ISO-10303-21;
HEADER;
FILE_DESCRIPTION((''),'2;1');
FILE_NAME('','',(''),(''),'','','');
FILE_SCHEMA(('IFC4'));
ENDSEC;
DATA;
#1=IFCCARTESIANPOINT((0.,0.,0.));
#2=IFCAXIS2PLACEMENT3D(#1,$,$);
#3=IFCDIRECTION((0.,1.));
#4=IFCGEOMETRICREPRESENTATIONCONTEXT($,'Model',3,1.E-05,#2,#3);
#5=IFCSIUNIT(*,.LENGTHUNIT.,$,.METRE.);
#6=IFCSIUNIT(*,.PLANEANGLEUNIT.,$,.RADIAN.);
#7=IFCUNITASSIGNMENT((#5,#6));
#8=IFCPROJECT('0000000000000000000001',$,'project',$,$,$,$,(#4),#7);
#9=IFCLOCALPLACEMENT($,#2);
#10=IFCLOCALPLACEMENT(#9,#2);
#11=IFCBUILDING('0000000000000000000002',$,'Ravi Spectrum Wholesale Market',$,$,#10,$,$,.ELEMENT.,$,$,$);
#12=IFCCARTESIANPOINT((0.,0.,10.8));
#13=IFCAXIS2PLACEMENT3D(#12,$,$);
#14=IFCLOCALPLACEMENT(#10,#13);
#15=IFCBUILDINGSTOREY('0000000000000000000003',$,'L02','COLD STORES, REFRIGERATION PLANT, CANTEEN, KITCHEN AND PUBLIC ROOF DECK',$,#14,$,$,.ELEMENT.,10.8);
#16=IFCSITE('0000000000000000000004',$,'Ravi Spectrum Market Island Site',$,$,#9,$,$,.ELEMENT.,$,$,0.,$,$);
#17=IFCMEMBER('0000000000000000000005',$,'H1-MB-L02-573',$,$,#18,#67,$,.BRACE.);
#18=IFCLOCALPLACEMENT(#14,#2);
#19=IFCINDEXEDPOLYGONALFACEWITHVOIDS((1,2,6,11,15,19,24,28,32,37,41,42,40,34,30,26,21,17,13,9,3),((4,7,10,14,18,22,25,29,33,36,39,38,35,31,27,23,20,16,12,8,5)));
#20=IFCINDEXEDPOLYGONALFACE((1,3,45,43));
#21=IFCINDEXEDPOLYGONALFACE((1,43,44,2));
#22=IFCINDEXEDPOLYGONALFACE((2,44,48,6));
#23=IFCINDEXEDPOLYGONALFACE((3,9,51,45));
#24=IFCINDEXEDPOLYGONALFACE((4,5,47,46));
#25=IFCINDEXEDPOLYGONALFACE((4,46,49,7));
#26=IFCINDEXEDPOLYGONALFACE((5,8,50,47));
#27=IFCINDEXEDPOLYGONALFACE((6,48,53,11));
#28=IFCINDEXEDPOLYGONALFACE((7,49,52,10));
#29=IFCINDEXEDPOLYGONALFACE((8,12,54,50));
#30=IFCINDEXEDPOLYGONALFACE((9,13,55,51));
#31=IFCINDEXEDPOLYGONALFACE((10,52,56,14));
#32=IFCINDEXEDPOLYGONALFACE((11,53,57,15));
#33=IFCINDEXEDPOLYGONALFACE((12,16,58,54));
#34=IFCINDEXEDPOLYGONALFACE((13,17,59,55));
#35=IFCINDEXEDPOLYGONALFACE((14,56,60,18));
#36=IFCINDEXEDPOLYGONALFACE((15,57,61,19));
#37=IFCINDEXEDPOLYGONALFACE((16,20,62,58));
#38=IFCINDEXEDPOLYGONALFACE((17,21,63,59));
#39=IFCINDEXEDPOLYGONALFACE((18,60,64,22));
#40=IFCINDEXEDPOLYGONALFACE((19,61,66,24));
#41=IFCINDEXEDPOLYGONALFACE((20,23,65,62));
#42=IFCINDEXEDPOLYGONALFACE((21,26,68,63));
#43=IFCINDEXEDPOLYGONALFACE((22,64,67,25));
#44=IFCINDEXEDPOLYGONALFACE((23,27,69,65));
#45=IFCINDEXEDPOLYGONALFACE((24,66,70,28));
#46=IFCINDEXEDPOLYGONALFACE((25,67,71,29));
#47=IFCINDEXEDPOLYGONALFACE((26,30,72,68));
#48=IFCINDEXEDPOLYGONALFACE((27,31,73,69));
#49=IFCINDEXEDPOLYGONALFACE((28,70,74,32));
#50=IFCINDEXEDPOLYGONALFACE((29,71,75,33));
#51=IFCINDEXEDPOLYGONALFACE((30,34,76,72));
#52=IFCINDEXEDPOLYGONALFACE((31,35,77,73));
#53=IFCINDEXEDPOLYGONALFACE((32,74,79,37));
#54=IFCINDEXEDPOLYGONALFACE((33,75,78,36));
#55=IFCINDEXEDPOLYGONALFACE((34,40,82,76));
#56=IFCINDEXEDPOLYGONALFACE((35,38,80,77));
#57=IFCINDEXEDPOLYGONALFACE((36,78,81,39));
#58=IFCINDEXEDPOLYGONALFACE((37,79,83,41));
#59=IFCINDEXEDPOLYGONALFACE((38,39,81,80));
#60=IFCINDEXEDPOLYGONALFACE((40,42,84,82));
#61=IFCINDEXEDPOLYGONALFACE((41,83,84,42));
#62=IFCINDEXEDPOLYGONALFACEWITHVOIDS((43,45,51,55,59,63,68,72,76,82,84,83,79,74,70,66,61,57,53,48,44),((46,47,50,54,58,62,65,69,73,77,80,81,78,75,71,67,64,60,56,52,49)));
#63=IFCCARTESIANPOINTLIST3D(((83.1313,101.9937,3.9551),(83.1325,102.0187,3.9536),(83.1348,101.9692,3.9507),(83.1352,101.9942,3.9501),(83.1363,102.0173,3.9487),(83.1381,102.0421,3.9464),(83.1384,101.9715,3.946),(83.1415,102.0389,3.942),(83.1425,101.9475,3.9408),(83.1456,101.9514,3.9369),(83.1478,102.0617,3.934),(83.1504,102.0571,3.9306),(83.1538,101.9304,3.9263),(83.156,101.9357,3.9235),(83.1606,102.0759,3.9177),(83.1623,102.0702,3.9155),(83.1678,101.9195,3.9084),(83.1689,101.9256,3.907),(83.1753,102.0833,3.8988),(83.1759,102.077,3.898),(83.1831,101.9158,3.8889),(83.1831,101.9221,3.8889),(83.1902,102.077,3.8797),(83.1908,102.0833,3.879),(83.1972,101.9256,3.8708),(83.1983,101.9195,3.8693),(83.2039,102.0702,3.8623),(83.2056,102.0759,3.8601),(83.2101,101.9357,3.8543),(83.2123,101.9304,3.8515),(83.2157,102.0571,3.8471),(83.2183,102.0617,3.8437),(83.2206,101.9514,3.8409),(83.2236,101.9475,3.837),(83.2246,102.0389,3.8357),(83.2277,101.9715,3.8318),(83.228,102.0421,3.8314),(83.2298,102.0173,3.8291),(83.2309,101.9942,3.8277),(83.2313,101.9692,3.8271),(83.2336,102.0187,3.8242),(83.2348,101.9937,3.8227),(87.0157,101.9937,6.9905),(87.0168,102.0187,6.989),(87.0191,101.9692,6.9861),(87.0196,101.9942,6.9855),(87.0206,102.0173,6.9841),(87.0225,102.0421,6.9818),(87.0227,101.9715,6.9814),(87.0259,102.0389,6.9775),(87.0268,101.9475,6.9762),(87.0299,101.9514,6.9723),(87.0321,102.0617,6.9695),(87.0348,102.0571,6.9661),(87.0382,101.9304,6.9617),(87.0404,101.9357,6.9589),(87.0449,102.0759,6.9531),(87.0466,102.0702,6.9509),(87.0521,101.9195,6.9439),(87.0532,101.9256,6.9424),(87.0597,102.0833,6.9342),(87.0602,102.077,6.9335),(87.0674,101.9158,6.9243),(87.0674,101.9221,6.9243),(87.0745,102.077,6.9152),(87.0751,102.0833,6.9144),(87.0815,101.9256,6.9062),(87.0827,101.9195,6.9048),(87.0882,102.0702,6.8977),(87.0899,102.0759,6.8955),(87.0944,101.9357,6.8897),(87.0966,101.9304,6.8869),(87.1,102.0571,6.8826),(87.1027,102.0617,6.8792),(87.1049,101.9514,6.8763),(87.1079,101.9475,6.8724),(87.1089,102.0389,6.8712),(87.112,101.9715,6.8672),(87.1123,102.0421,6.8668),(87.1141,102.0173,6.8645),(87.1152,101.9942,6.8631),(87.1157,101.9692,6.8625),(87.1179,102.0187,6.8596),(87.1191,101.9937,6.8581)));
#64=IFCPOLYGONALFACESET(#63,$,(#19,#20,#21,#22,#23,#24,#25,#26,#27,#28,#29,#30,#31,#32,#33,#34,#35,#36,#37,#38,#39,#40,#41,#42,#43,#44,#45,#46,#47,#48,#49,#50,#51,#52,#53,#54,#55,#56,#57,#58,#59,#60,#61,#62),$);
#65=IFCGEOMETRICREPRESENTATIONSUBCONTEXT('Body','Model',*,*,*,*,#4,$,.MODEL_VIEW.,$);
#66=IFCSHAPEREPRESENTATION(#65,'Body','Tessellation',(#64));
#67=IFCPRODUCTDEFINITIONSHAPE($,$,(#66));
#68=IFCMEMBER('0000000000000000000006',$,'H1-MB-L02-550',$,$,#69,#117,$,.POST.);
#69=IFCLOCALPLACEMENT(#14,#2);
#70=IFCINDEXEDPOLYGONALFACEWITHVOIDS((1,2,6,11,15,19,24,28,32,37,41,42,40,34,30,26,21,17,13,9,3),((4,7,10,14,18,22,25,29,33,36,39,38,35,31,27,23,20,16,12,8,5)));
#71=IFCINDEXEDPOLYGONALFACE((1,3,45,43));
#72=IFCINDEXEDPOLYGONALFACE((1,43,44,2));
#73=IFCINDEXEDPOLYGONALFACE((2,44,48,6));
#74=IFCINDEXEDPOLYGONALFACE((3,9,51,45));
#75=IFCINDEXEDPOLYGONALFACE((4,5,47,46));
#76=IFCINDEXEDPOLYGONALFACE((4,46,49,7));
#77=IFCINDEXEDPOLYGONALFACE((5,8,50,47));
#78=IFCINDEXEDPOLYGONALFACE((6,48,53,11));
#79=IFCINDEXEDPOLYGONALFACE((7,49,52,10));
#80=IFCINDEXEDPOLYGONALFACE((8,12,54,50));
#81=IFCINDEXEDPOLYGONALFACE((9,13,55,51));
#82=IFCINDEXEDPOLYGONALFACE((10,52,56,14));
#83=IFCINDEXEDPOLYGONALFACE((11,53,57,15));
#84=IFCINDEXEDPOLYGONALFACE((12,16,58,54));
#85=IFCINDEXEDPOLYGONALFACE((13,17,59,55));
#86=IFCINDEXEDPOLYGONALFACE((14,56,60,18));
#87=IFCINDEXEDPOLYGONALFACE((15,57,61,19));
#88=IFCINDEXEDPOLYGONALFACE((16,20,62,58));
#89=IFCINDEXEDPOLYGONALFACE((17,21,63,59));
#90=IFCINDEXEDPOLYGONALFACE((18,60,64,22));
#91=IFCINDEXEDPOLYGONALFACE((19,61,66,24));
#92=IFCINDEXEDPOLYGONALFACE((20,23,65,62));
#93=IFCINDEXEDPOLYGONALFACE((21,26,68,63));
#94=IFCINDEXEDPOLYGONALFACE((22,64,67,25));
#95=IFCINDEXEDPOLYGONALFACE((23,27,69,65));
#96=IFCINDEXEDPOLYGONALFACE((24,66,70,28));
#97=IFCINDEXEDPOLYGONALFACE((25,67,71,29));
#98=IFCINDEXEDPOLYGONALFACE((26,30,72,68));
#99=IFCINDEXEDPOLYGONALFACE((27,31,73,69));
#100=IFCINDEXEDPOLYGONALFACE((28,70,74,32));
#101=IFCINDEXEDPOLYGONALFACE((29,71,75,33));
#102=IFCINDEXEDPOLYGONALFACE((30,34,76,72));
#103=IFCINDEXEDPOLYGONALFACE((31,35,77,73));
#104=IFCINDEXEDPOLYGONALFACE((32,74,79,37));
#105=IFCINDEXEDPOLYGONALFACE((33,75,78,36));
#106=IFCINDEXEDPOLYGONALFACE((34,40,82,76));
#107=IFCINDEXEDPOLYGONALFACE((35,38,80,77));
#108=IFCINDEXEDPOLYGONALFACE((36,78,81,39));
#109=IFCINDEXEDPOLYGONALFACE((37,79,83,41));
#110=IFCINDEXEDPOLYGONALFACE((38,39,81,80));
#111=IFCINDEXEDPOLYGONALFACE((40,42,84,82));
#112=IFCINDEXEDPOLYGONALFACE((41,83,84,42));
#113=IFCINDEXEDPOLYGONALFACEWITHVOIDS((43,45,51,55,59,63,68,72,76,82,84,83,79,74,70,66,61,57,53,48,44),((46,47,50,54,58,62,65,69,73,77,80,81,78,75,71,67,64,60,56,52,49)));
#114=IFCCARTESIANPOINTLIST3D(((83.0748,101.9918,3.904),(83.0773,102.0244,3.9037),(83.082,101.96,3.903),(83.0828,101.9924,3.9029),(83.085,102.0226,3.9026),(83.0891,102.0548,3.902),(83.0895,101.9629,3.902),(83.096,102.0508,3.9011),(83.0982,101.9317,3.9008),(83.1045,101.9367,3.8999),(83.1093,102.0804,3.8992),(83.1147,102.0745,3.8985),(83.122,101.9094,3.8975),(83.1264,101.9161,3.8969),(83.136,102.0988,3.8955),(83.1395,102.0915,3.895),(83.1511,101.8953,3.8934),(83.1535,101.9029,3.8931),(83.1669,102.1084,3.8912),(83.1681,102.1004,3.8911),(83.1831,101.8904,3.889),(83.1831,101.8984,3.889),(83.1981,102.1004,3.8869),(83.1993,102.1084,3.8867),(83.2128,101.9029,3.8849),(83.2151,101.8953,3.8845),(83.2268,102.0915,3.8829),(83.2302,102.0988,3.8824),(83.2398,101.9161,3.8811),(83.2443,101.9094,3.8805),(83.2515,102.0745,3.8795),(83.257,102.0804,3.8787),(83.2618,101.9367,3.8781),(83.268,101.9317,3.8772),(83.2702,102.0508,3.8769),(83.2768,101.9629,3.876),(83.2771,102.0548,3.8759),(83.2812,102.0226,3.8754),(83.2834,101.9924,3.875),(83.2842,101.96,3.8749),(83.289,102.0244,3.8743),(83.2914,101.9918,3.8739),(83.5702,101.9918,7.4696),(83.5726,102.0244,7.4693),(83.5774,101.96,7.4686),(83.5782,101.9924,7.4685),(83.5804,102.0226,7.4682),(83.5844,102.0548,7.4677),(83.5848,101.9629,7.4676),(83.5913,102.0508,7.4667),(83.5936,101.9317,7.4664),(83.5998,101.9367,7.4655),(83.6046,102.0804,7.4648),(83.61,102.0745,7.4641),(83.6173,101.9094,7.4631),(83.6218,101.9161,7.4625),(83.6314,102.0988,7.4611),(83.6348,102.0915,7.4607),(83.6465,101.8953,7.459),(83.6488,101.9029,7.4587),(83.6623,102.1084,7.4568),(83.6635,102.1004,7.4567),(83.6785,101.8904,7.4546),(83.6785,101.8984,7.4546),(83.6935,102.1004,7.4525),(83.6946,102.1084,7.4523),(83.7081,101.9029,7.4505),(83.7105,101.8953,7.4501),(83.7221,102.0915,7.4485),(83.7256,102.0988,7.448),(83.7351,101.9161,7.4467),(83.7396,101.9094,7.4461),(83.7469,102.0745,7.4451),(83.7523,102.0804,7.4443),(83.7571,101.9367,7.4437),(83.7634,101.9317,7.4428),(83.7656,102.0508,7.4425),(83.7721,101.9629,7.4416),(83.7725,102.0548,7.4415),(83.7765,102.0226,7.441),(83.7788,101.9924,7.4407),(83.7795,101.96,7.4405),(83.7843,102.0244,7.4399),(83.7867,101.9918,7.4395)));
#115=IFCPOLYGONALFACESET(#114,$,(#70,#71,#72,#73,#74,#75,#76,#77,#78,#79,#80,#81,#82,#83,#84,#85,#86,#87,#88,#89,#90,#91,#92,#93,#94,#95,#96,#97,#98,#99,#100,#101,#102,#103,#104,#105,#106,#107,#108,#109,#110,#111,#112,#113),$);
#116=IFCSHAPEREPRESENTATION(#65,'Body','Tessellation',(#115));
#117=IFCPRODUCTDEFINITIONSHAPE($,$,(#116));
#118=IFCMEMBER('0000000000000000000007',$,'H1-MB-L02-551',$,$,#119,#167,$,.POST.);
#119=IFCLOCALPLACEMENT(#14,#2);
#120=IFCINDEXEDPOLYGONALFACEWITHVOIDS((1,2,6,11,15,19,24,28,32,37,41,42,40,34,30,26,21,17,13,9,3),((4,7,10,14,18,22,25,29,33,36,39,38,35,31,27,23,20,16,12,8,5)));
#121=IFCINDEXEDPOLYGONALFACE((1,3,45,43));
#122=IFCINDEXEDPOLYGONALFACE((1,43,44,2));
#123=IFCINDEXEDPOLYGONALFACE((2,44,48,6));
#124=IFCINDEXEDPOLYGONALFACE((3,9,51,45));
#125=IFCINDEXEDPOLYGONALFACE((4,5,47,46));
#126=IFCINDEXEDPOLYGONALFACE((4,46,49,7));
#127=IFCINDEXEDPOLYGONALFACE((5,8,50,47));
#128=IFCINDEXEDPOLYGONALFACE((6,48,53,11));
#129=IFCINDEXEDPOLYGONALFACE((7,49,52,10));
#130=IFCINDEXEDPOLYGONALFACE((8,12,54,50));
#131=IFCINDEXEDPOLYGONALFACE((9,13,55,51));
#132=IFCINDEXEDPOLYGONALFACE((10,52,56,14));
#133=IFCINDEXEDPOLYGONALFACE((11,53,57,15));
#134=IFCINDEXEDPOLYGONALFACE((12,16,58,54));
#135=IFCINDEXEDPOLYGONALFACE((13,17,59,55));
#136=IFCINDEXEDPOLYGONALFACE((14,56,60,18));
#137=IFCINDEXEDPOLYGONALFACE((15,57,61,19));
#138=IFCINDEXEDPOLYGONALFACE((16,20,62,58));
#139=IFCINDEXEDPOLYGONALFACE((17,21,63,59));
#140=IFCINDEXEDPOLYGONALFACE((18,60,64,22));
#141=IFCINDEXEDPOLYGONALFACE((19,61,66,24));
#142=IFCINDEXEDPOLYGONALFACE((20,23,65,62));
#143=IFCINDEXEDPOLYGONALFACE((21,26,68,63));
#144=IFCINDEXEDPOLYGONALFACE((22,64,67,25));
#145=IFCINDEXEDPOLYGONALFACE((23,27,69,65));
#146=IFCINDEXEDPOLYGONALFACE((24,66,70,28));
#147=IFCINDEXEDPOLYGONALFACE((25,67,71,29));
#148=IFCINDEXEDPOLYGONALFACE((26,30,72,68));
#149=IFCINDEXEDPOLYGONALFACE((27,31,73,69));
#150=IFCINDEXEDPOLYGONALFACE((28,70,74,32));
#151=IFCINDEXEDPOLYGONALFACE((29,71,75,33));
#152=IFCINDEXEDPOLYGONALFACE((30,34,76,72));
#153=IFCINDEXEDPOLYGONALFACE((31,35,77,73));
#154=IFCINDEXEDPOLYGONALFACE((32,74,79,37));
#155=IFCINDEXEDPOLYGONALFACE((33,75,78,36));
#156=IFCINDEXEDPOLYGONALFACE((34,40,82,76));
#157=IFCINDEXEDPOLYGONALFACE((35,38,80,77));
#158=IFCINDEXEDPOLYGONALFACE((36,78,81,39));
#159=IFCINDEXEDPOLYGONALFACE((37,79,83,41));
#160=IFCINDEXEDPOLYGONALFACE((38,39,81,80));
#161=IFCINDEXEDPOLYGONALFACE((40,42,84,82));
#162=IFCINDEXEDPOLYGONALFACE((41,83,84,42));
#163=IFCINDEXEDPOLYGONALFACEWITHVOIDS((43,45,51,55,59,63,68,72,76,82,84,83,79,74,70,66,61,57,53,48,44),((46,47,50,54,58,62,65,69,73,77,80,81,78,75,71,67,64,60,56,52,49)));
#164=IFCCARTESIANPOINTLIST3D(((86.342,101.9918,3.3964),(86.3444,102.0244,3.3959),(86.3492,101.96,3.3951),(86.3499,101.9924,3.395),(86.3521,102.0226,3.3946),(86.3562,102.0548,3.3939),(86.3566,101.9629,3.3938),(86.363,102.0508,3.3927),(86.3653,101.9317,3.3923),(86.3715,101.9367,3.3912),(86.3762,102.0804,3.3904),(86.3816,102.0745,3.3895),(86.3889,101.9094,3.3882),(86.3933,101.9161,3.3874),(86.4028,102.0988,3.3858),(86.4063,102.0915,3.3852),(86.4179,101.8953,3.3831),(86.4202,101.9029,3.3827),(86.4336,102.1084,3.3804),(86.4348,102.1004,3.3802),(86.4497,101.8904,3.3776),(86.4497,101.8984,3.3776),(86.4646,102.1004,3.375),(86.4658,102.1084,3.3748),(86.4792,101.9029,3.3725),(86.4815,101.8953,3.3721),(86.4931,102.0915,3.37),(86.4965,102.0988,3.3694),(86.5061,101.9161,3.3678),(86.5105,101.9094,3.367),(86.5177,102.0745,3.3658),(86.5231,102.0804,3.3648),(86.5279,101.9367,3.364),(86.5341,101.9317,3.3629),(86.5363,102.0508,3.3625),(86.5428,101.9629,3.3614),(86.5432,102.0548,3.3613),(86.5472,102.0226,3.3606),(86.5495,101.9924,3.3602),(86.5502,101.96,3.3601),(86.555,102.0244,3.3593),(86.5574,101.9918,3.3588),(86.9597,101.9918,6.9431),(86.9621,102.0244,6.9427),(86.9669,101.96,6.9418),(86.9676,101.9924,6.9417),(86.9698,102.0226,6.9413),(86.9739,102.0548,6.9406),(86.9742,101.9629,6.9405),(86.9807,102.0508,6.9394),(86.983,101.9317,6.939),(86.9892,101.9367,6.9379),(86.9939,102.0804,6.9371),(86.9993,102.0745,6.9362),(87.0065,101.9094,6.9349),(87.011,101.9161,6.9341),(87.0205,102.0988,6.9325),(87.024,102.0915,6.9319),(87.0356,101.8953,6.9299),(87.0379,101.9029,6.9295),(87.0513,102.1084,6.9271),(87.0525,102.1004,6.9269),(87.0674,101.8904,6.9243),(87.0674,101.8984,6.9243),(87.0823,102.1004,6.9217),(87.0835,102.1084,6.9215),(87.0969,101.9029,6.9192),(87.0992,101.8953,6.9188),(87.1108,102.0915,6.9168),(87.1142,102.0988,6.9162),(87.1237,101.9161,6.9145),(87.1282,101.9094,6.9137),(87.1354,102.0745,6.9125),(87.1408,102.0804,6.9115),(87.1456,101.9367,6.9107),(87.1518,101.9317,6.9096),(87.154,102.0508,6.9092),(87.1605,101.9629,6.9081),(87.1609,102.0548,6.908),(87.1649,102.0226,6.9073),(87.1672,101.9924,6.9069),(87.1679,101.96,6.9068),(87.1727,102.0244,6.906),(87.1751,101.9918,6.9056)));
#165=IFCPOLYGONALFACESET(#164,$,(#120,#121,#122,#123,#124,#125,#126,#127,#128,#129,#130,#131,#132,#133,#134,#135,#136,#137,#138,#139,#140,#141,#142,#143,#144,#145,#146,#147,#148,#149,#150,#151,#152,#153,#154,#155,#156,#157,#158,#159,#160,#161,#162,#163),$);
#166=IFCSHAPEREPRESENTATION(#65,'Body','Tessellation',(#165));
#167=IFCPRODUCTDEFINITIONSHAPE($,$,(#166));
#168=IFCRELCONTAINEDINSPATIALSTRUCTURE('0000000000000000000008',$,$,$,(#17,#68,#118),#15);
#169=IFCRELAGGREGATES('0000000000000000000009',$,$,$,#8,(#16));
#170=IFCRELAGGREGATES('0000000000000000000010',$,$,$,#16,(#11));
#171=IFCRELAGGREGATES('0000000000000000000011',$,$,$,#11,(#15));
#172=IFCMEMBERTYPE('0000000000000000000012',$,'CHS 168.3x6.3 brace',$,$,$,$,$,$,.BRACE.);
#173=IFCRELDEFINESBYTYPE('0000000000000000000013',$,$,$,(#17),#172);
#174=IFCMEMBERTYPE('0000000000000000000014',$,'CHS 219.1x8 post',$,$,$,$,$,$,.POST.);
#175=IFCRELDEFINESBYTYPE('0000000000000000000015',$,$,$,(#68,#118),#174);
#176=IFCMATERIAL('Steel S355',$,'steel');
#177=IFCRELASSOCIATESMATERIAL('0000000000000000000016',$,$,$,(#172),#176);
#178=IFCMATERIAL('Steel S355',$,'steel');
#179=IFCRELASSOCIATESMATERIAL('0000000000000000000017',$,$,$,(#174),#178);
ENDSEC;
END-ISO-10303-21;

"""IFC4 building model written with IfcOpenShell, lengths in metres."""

from ifc_helpers import new_model, si_unit, direction, frame, origin, origin_2d, place, context, subcontext, project, spatial, hollow_circle, extrude, material, material_profile, profile_set, type_object, element, save


model = new_model("IFC4")

# Units and contexts
model_context = context("Model", 3, precision=1e-05, world=origin(), true_north=direction((0.0, 1.0)))
body_context = subcontext(model_context, "Body", "Model", "MODEL_VIEW")
ifc_project = project(units=[si_unit("LENGTHUNIT", "METRE"), si_unit("PLANEANGLEUNIT", "RADIAN")], contexts=[model_context])

# Site, building, storey
site_placement = place(None, origin())
site = spatial("IfcSite", under=ifc_project, at=site_placement, Name="Ravi Spectrum Market Island Site", CompositionType="ELEMENT", RefElevation=0.0)
building_placement = place(site_placement, origin())
building = spatial("IfcBuilding", under=site, at=building_placement, Name="Ravi Spectrum Wholesale Market", CompositionType="ELEMENT")
storey_placement = place(building_placement, frame((0.0, 0.0, 10.8)))
storey = spatial("IfcBuildingStorey", under=building, at=storey_placement, Name="L02", Description="COLD STORES, REFRIGERATION PLANT, CANTEEN, KITCHEN AND PUBLIC ROOF DECK", CompositionType="ELEMENT", Elevation=10.8)

# Members
ifc_material_1 = material(Name="Steel S355", Category="steel")
ifc_material_profile_1 = material_profile(ifc_material_1, hollow_circle(Radius=0.0842, WallThickness=0.0063, at=origin_2d()))
ifc_profile_set_1 = profile_set([ifc_material_profile_1], Name="Steel S355")
member_type_1 = type_object("IfcMemberType", Name="CHS 168.3x6.3 brace", PredefinedType="BRACE", material=ifc_profile_set_1)
for number, where, z_axis, x_axis, name in (
    (1, (87.0674, 102.0, 6.9243), (-0.787945, 0.0, -0.615746), (0.0, -1.0, 0.0), "H1-MB-L02-573"),
):
    element("IfcMember", number, at=place(storey_placement, frame(where, z_axis=z_axis, x_axis=x_axis)), inside=storey, type_object=member_type_1, Name=name, PredefinedType="BRACE", context=body_context, shape_type="SweptSolid", body=[
        extrude(hollow_circle(Radius=0.0842, WallThickness=0.0063, at=origin_2d()), origin(), (0.0, 0.0, 1.0), 4.9297),
    ])
ifc_material_2 = material(Name="Steel S355", Category="steel")
ifc_material_profile_2 = material_profile(ifc_material_2, hollow_circle(Radius=0.1096, WallThickness=0.0081, at=origin_2d()))
ifc_profile_set_2 = profile_set([ifc_material_profile_2], Name="Steel S355")
member_type_2 = type_object("IfcMemberType", Name="CHS 219.1x8 post", PredefinedType="POST", material=ifc_profile_set_2)
member_1_placement = place(storey_placement, frame((83.6785, 102.0, 7.4546), z_axis=(-0.137603, 0.0, -0.990487), x_axis=(0.0, -1.0, 0.0)))
element("IfcMember", 2, at=member_1_placement, inside=storey, type_object=member_type_2, Name="H1-MB-L02-550", PredefinedType="POST", context=body_context, shape_type="SweptSolid", body=[
    extrude(hollow_circle(Radius=0.1096, WallThickness=0.0081, at=origin_2d()), origin(), (0.0, 0.0, 1.0), 3.5999),
])
member_2_placement = place(storey_placement, frame((87.0674, 102.0, 6.9243), z_axis=(-0.171576, 0.0, -0.985171), x_axis=(0.0, -1.0, 0.0)))
element("IfcMember", 3, at=member_2_placement, inside=storey, type_object=member_type_2, Name="H1-MB-L02-551", PredefinedType="POST", context=body_context, shape_type="SweptSolid", body=[
    extrude(hollow_circle(Radius=0.1096, WallThickness=0.0081, at=origin_2d()), origin(), (0.0, 0.0, 1.0), 3.6001),
])

save(model, "model.ifc")
